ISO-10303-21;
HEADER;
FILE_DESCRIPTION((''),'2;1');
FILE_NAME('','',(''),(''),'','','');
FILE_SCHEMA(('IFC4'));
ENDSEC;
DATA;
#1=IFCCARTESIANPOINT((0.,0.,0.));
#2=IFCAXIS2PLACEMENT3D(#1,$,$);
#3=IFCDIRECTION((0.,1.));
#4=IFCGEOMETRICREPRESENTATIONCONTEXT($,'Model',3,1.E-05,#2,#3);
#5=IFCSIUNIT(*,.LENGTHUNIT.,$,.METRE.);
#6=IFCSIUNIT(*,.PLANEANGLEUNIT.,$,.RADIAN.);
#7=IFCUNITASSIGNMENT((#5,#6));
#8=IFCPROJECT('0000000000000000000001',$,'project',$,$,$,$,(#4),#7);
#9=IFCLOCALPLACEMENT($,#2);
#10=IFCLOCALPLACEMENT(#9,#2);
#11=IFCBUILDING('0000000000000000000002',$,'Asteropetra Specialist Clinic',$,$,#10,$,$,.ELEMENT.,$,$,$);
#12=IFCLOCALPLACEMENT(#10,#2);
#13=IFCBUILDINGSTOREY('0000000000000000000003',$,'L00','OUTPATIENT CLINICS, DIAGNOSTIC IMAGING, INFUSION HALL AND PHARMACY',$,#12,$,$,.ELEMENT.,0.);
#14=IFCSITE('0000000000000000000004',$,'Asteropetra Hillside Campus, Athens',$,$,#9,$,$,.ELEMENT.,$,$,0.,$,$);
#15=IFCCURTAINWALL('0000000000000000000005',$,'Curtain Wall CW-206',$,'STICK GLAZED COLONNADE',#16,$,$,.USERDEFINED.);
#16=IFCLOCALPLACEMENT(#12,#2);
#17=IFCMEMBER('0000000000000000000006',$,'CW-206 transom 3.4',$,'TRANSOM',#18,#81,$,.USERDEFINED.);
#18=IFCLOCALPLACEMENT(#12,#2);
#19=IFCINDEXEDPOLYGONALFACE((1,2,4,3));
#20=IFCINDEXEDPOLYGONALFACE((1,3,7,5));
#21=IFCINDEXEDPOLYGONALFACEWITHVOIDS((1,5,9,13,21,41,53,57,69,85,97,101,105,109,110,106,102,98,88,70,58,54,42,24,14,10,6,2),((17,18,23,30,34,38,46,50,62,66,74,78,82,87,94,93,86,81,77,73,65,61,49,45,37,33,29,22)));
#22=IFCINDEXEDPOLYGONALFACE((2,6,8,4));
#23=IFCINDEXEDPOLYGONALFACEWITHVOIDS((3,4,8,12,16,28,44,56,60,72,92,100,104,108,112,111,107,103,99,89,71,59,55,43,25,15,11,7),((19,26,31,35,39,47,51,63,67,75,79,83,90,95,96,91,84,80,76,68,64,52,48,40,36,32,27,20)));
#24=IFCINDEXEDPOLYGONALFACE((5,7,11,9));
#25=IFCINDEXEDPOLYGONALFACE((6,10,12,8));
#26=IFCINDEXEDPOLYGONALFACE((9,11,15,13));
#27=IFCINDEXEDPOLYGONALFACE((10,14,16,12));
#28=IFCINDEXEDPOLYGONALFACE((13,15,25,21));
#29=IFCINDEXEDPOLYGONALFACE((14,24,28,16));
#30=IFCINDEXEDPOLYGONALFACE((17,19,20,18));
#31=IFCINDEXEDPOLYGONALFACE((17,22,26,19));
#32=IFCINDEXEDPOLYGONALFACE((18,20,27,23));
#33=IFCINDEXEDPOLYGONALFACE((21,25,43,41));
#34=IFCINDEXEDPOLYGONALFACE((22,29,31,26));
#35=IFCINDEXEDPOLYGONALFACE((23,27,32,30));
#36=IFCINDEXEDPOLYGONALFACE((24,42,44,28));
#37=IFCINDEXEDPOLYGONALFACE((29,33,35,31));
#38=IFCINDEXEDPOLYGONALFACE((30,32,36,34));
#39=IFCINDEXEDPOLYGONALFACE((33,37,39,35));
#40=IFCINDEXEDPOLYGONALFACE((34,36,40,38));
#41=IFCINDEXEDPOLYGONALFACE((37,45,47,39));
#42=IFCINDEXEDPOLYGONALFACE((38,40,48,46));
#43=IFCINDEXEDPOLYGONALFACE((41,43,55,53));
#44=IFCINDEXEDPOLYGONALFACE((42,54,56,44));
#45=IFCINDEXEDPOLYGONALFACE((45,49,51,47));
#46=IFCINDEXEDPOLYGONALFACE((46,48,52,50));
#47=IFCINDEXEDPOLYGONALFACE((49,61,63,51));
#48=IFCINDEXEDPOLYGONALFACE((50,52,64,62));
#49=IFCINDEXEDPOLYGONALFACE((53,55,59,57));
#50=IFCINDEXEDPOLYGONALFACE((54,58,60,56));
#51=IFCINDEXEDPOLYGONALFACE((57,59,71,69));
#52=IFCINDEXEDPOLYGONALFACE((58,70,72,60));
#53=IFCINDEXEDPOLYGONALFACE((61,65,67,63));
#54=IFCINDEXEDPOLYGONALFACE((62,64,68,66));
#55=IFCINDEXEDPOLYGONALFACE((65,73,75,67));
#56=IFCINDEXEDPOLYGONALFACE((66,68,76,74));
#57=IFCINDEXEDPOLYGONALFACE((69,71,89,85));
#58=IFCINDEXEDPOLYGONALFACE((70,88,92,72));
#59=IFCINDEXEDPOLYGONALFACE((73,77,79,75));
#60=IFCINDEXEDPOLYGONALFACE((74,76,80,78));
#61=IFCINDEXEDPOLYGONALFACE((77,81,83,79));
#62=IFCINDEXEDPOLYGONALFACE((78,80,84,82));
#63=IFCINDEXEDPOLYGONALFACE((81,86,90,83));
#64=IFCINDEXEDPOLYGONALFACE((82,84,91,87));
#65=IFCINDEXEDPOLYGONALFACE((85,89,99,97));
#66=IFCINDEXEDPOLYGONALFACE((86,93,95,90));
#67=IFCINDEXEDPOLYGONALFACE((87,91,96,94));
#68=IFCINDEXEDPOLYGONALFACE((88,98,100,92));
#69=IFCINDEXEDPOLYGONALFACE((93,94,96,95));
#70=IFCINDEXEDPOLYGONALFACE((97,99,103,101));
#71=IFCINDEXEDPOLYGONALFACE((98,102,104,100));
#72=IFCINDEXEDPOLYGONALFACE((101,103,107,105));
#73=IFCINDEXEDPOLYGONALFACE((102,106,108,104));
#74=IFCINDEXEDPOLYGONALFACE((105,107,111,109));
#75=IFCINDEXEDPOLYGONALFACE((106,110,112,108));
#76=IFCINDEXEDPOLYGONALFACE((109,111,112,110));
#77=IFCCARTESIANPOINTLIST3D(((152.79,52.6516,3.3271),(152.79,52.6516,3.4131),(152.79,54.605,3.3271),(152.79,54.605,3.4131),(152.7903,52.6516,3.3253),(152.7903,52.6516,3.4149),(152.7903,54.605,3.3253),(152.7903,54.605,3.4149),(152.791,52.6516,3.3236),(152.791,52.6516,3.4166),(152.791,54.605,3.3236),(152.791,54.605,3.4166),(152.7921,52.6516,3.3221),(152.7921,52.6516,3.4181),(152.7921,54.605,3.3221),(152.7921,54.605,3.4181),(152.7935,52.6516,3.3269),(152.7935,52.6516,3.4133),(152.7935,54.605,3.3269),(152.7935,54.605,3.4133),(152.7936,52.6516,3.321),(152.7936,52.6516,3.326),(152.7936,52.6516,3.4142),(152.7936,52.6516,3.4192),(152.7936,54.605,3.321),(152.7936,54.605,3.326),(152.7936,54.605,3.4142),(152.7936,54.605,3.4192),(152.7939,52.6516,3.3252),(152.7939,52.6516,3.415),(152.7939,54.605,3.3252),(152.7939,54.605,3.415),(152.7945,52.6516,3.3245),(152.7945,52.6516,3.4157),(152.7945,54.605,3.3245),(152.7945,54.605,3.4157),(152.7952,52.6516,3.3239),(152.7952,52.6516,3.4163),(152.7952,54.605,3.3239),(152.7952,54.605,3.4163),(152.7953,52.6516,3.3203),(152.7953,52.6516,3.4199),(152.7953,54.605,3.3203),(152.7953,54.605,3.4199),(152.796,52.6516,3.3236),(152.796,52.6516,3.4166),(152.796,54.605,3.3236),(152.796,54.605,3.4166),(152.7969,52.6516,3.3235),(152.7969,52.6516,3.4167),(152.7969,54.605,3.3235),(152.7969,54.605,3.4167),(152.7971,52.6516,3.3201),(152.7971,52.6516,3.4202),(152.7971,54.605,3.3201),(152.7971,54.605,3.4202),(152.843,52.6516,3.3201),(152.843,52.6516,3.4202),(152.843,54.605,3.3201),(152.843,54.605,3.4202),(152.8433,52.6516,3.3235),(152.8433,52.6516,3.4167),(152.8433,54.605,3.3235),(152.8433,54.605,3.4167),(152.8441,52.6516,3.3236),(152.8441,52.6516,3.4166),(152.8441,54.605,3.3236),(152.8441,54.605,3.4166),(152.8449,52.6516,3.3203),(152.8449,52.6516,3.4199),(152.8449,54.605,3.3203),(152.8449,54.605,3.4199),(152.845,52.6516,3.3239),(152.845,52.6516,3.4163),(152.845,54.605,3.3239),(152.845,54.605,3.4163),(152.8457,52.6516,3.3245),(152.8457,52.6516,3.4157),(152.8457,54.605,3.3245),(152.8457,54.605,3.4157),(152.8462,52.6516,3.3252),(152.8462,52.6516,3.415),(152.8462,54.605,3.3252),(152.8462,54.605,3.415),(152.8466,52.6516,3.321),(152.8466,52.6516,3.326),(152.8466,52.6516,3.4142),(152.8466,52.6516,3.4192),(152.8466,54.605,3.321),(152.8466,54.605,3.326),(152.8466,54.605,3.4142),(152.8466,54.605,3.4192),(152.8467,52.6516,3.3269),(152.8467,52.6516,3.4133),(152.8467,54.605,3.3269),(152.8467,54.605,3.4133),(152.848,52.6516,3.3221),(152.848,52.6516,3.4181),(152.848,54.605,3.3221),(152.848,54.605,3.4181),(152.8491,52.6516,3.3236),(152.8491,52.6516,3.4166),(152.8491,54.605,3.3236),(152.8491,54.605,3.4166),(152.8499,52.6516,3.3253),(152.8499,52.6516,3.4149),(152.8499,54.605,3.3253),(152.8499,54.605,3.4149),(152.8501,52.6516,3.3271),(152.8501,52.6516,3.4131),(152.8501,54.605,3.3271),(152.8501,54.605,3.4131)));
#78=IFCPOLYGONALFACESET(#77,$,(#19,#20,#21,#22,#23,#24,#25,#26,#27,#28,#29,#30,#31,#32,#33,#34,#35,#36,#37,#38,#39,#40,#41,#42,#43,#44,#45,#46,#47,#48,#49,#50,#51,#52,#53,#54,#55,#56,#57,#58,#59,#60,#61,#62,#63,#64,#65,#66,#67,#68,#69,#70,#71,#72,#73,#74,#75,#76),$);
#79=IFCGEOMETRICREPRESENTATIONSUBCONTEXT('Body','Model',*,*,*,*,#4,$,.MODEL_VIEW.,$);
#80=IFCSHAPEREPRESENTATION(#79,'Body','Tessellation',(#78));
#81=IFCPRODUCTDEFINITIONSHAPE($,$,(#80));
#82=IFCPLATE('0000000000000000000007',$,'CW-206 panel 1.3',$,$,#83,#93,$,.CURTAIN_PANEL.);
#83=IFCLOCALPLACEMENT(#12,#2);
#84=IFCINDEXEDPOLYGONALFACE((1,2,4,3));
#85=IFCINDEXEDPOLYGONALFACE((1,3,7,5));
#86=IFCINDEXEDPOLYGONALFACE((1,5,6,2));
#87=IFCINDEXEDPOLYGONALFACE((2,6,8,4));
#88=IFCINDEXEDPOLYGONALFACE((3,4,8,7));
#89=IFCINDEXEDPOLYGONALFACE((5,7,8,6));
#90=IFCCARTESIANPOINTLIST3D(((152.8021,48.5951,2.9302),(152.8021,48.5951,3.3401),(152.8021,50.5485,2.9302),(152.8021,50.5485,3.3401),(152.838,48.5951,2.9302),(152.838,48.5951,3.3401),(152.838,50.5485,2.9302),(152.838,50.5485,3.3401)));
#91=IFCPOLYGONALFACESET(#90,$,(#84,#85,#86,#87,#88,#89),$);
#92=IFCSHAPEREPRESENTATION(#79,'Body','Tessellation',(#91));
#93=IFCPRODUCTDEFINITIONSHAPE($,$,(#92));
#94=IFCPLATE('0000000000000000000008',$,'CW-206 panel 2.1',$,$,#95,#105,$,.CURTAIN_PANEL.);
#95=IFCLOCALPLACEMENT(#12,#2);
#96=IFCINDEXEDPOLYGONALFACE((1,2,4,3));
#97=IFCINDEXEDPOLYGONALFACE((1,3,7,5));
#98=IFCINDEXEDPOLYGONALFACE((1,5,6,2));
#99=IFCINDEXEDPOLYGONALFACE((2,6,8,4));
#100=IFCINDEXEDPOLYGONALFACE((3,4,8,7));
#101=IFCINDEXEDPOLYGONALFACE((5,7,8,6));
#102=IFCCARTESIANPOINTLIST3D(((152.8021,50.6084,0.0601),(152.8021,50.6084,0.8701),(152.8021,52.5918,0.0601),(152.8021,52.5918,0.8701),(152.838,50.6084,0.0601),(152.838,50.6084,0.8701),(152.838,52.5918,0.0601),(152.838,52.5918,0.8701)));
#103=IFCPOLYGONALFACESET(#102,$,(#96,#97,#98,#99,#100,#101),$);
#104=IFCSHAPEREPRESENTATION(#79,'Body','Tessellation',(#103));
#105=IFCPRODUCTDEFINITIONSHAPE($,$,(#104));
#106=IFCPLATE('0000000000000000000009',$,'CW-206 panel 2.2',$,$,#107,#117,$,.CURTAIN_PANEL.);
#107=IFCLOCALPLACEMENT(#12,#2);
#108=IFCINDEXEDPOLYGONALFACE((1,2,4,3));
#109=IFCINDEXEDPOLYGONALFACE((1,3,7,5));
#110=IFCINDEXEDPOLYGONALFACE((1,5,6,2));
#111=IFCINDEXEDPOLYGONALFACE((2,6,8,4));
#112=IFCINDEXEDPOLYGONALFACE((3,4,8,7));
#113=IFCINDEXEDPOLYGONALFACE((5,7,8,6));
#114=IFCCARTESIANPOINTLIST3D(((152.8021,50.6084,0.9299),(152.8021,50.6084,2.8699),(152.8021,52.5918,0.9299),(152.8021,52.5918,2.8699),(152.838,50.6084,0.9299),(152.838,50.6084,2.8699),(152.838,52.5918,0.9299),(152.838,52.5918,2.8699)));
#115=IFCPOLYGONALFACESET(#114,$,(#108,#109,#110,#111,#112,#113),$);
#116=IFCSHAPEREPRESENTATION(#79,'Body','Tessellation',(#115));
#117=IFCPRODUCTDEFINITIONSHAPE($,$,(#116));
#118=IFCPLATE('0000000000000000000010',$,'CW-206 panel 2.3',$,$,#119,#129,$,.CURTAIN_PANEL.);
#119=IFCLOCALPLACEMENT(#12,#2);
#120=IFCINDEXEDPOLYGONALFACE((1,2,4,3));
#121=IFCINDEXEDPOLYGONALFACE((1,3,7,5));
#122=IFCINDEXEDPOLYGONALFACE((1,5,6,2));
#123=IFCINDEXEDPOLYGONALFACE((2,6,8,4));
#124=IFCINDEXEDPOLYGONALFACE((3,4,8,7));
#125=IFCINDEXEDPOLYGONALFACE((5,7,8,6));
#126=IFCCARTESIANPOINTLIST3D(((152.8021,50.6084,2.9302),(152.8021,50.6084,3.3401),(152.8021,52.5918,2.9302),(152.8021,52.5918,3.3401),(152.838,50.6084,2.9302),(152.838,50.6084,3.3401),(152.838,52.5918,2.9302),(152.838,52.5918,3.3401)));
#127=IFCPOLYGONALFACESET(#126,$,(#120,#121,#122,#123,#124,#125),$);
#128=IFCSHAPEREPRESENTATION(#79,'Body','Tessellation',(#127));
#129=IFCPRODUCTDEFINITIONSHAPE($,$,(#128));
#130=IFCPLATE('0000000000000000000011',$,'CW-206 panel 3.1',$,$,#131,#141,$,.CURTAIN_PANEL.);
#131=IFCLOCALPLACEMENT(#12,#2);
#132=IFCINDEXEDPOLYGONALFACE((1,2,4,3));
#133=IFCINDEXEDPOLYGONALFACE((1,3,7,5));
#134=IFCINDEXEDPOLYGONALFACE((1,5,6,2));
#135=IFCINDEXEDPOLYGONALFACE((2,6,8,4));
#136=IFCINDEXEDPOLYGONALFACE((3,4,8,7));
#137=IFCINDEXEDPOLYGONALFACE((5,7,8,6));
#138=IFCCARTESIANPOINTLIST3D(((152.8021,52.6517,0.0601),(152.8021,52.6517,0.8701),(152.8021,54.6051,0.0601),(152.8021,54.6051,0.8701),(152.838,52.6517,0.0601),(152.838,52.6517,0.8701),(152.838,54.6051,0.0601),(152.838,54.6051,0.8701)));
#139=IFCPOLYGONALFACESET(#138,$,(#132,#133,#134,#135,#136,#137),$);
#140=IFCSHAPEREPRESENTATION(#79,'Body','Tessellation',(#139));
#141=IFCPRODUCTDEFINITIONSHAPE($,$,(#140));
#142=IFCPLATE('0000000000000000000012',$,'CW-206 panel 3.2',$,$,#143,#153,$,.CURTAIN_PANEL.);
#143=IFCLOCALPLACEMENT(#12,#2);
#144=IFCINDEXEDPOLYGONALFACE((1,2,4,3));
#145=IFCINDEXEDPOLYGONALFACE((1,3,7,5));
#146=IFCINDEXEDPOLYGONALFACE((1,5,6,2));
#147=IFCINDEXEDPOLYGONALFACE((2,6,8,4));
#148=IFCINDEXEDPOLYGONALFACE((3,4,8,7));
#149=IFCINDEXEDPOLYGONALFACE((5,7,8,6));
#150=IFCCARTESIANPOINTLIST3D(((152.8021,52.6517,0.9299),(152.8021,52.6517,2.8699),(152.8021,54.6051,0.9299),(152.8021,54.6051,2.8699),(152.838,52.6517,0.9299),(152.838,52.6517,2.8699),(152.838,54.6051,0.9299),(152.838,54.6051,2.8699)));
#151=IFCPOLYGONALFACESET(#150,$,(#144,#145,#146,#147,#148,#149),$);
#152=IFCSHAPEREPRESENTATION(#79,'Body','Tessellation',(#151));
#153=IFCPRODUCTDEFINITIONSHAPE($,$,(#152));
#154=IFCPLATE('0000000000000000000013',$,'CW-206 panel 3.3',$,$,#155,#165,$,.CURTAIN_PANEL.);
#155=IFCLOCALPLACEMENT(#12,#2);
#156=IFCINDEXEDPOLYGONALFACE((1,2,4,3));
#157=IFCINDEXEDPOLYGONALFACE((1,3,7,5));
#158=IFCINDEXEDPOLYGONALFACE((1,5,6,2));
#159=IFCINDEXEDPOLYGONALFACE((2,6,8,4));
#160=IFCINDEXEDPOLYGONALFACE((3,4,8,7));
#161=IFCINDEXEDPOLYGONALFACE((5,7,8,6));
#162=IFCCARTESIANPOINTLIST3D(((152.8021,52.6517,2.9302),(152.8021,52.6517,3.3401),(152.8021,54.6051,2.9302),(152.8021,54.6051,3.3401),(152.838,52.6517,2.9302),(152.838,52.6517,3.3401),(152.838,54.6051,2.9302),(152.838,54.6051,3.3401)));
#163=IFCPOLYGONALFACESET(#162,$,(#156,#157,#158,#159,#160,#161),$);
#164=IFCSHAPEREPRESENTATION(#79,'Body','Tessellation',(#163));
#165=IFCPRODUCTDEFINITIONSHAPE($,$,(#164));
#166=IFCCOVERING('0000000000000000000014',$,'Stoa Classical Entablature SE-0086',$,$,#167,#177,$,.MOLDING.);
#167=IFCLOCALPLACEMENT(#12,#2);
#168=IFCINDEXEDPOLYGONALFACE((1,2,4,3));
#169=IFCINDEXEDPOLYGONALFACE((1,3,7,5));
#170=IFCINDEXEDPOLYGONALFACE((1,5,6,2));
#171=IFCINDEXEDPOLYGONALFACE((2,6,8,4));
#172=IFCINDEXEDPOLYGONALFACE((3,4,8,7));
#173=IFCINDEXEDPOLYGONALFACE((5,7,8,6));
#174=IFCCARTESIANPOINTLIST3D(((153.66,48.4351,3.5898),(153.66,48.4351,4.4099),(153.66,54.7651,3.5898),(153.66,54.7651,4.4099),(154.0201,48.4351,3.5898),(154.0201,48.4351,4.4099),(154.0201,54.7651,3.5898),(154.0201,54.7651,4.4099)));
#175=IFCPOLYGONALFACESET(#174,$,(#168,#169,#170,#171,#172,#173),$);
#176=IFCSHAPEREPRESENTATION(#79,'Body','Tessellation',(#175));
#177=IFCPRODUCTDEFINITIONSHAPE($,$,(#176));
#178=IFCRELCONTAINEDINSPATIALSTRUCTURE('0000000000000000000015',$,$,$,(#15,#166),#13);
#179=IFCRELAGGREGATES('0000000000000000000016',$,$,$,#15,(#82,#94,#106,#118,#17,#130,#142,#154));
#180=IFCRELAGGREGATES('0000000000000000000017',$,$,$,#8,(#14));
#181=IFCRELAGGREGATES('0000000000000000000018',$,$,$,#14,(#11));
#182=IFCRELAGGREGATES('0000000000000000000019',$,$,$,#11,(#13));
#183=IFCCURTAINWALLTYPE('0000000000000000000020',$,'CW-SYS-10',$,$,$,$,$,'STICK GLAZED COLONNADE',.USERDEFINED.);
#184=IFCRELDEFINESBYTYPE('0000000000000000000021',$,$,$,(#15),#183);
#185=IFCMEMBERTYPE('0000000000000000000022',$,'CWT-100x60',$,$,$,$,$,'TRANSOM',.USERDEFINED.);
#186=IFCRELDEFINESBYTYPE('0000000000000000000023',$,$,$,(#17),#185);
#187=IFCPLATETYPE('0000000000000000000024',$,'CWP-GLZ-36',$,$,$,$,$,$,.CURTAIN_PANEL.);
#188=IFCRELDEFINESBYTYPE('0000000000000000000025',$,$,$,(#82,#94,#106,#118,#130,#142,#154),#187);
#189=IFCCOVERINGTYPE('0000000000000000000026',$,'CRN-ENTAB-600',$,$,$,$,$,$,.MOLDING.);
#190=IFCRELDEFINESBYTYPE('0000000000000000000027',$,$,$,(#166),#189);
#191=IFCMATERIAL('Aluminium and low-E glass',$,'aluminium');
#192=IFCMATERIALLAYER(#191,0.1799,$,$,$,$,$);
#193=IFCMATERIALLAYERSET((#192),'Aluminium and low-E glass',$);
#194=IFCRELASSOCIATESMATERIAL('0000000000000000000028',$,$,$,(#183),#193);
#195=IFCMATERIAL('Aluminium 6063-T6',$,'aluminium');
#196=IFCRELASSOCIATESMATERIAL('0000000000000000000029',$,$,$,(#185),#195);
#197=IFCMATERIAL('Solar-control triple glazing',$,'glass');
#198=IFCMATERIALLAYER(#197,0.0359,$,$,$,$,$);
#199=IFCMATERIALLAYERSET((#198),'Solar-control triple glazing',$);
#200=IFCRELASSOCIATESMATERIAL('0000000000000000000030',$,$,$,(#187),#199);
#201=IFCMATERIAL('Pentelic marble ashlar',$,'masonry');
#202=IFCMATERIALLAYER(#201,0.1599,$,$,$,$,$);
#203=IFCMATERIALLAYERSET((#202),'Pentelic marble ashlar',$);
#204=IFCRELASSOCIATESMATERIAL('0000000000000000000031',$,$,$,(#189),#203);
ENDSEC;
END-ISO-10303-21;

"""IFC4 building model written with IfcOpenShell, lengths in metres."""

from ifc_helpers import new_model, si_unit, direction, frame, origin, origin_2d, place, context, subcontext, project, spatial, rectangle, hollow_rectangle, extrude, material, layer, layer_set, material_profile, profile_set, type_object, element, aggregate, save


model = new_model("IFC4")

# Units and contexts
model_context = context("Model", 3, precision=1e-05, world=origin(), true_north=direction((0.0, 1.0)))
body_context = subcontext(model_context, "Body", "Model", "MODEL_VIEW")
ifc_project = project(units=[si_unit("LENGTHUNIT", "METRE"), si_unit("PLANEANGLEUNIT", "RADIAN")], contexts=[model_context])

# Site, building, storey
site_placement = place(None, origin())
site = spatial("IfcSite", under=ifc_project, at=site_placement, Name="Asteropetra Hillside Campus, Athens", CompositionType="ELEMENT", RefElevation=0.0)
building_placement = place(site_placement, origin())
building = spatial("IfcBuilding", under=site, at=building_placement, Name="Asteropetra Specialist Clinic", CompositionType="ELEMENT")
storey_placement = place(building_placement, origin())
storey = spatial("IfcBuildingStorey", under=building, at=storey_placement, Name="L00", Description="OUTPATIENT CLINICS, DIAGNOSTIC IMAGING, INFUSION HALL AND PHARMACY", CompositionType="ELEMENT", Elevation=0.0)

# Curtain wall, member, plates
ifc_material_1 = material(Name="Aluminium and low-E glass", Category="aluminium")
ifc_layer_1 = layer(ifc_material_1, 0.1799)
ifc_layer_set_1 = layer_set([ifc_layer_1], Name="Aluminium and low-E glass")
curtain_wall_type = type_object("IfcCurtainWallType", Name="CW-SYS-10", ElementType="STICK GLAZED COLONNADE", PredefinedType="USERDEFINED", material=ifc_layer_set_1)
curtain_wall_placement = place(storey_placement, origin())
curtain_wall = element("IfcCurtainWall", 1, at=curtain_wall_placement, inside=storey, type_object=curtain_wall_type, Name="Curtain Wall CW-206", ObjectType="STICK GLAZED COLONNADE", PredefinedType="USERDEFINED")
ifc_material_2 = material(Name="Aluminium 6063-T6", Category="aluminium")
ifc_material_profile_1 = material_profile(ifc_material_2, hollow_rectangle(XDim=0.0601, YDim=0.1001, WallThickness=0.0034, InnerFilletRadius=0.0034, OuterFilletRadius=0.0071, at=origin_2d()), Name="TRN 100x60x3.5")
ifc_profile_set_1 = profile_set([ifc_material_profile_1], Name="Aluminium 6063-T6")
member_type_1 = type_object("IfcMemberType", Name="CWT-100x60", ElementType="TRANSOM", PredefinedType="USERDEFINED", material=ifc_profile_set_1)
member_1_placement = place(storey_placement, frame((152.8201, 52.6516, 3.3701), z_axis=(0.0, 1.0, 0.0), x_axis=(-1.0, 0.0, 0.0)))
member_1 = element("IfcMember", 2, at=member_1_placement, type_object=member_type_1, Name="CW-206 transom 3.4", ObjectType="TRANSOM", PredefinedType="USERDEFINED", context=body_context, shape_type="SweptSolid", body=[
    extrude(hollow_rectangle(XDim=0.0601, YDim=0.1001, WallThickness=0.0034, InnerFilletRadius=0.0034, OuterFilletRadius=0.0071, at=origin_2d()), origin(), (0.0, 0.0, 1.0), 1.9534),
])
ifc_material_3 = material(Name="Solar-control triple glazing", Category="glass")
ifc_layer_2 = layer(ifc_material_3, 0.0359)
ifc_layer_set_2 = layer_set([ifc_layer_2], Name="Solar-control triple glazing")
plate_type = type_object("IfcPlateType", Name="CWP-GLZ-36", PredefinedType="CURTAIN_PANEL", material=ifc_layer_set_2)
plate_1_placement = place(storey_placement, frame((152.8201, 49.5718, 2.9302), z_axis=(0.0, 0.0, 1.0), x_axis=(0.0, 1.0, 0.0)))
plate_1 = element("IfcPlate", 3, at=plate_1_placement, type_object=plate_type, Name="CW-206 panel 1.3", PredefinedType="CURTAIN_PANEL", context=body_context, shape_type="SweptSolid", body=[
    extrude(rectangle(XDim=1.9534, YDim=0.0359, at=origin_2d()), origin(), (0.0, 0.0, 1.0), 0.4099),
])
plate_2_placement = place(storey_placement, frame((152.8201, 51.6001, 0.0601), z_axis=(0.0, 0.0, 1.0), x_axis=(0.0, 1.0, 0.0)))
plate_2 = element("IfcPlate", 4, at=plate_2_placement, type_object=plate_type, Name="CW-206 panel 2.1", PredefinedType="CURTAIN_PANEL", context=body_context, shape_type="SweptSolid", body=[
    extrude(rectangle(XDim=1.9834, YDim=0.0359, at=origin_2d()), origin(), (0.0, 0.0, 1.0), 0.8101),
])
plate_3_placement = place(storey_placement, frame((152.8201, 51.6001, 0.9299), z_axis=(0.0, 0.0, 1.0), x_axis=(0.0, 1.0, 0.0)))
plate_3 = element("IfcPlate", 5, at=plate_3_placement, type_object=plate_type, Name="CW-206 panel 2.2", PredefinedType="CURTAIN_PANEL", context=body_context, shape_type="SweptSolid", body=[
    extrude(rectangle(XDim=1.9834, YDim=0.0359, at=origin_2d()), origin(), (0.0, 0.0, 1.0), 1.9399),
])
plate_4_placement = place(storey_placement, frame((152.8201, 51.6001, 2.9302), z_axis=(0.0, 0.0, 1.0), x_axis=(0.0, 1.0, 0.0)))
plate_4 = element("IfcPlate", 6, at=plate_4_placement, type_object=plate_type, Name="CW-206 panel 2.3", PredefinedType="CURTAIN_PANEL", context=body_context, shape_type="SweptSolid", body=[
    extrude(rectangle(XDim=1.9834, YDim=0.0359, at=origin_2d()), origin(), (0.0, 0.0, 1.0), 0.4099),
])
plate_5_placement = place(storey_placement, frame((152.8201, 53.6284, 0.0601), z_axis=(0.0, 0.0, 1.0), x_axis=(0.0, 1.0, 0.0)))
plate_5 = element("IfcPlate", 7, at=plate_5_placement, type_object=plate_type, Name="CW-206 panel 3.1", PredefinedType="CURTAIN_PANEL", context=body_context, shape_type="SweptSolid", body=[
    extrude(rectangle(XDim=1.9534, YDim=0.0359, at=origin_2d()), origin(), (0.0, 0.0, 1.0), 0.8101),
])
plate_6_placement = place(storey_placement, frame((152.8201, 53.6284, 0.9299), z_axis=(0.0, 0.0, 1.0), x_axis=(0.0, 1.0, 0.0)))
plate_6 = element("IfcPlate", 8, at=plate_6_placement, type_object=plate_type, Name="CW-206 panel 3.2", PredefinedType="CURTAIN_PANEL", context=body_context, shape_type="SweptSolid", body=[
    extrude(rectangle(XDim=1.9534, YDim=0.0359, at=origin_2d()), origin(), (0.0, 0.0, 1.0), 1.9399),
])
plate_7_placement = place(storey_placement, frame((152.8201, 53.6284, 2.9302), z_axis=(0.0, 0.0, 1.0), x_axis=(0.0, 1.0, 0.0)))
plate_7 = element("IfcPlate", 9, at=plate_7_placement, type_object=plate_type, Name="CW-206 panel 3.3", PredefinedType="CURTAIN_PANEL", context=body_context, shape_type="SweptSolid", body=[
    extrude(rectangle(XDim=1.9534, YDim=0.0359, at=origin_2d()), origin(), (0.0, 0.0, 1.0), 0.4099),
])
aggregate(curtain_wall, [plate_1, plate_2, plate_3, plate_4, member_1, plate_5, plate_6, plate_7])

# Covering
ifc_material_4 = material(Name="Pentelic marble ashlar", Category="masonry")
ifc_layer_3 = layer(ifc_material_4, 0.1599)
ifc_layer_set_3 = layer_set([ifc_layer_3], Name="Pentelic marble ashlar")
covering_type = type_object("IfcCoveringType", Name="CRN-ENTAB-600", PredefinedType="MOLDING", material=ifc_layer_set_3)
covering_placement = place(storey_placement, frame((153.8401, 51.6001, 3.5898), z_axis=(0.0, 0.0, 1.0), x_axis=(1.0, 0.0, 0.0)))
element("IfcCovering", 10, at=covering_placement, inside=storey, type_object=covering_type, Name="Stoa Classical Entablature SE-0086", PredefinedType="MOLDING", context=body_context, shape_type="SweptSolid", body=[
    extrude(rectangle(XDim=0.3601, YDim=6.3301, at=origin_2d()), origin(), (0.0, 0.0, 1.0), 0.8201),
])

save(model, "model.ifc")
